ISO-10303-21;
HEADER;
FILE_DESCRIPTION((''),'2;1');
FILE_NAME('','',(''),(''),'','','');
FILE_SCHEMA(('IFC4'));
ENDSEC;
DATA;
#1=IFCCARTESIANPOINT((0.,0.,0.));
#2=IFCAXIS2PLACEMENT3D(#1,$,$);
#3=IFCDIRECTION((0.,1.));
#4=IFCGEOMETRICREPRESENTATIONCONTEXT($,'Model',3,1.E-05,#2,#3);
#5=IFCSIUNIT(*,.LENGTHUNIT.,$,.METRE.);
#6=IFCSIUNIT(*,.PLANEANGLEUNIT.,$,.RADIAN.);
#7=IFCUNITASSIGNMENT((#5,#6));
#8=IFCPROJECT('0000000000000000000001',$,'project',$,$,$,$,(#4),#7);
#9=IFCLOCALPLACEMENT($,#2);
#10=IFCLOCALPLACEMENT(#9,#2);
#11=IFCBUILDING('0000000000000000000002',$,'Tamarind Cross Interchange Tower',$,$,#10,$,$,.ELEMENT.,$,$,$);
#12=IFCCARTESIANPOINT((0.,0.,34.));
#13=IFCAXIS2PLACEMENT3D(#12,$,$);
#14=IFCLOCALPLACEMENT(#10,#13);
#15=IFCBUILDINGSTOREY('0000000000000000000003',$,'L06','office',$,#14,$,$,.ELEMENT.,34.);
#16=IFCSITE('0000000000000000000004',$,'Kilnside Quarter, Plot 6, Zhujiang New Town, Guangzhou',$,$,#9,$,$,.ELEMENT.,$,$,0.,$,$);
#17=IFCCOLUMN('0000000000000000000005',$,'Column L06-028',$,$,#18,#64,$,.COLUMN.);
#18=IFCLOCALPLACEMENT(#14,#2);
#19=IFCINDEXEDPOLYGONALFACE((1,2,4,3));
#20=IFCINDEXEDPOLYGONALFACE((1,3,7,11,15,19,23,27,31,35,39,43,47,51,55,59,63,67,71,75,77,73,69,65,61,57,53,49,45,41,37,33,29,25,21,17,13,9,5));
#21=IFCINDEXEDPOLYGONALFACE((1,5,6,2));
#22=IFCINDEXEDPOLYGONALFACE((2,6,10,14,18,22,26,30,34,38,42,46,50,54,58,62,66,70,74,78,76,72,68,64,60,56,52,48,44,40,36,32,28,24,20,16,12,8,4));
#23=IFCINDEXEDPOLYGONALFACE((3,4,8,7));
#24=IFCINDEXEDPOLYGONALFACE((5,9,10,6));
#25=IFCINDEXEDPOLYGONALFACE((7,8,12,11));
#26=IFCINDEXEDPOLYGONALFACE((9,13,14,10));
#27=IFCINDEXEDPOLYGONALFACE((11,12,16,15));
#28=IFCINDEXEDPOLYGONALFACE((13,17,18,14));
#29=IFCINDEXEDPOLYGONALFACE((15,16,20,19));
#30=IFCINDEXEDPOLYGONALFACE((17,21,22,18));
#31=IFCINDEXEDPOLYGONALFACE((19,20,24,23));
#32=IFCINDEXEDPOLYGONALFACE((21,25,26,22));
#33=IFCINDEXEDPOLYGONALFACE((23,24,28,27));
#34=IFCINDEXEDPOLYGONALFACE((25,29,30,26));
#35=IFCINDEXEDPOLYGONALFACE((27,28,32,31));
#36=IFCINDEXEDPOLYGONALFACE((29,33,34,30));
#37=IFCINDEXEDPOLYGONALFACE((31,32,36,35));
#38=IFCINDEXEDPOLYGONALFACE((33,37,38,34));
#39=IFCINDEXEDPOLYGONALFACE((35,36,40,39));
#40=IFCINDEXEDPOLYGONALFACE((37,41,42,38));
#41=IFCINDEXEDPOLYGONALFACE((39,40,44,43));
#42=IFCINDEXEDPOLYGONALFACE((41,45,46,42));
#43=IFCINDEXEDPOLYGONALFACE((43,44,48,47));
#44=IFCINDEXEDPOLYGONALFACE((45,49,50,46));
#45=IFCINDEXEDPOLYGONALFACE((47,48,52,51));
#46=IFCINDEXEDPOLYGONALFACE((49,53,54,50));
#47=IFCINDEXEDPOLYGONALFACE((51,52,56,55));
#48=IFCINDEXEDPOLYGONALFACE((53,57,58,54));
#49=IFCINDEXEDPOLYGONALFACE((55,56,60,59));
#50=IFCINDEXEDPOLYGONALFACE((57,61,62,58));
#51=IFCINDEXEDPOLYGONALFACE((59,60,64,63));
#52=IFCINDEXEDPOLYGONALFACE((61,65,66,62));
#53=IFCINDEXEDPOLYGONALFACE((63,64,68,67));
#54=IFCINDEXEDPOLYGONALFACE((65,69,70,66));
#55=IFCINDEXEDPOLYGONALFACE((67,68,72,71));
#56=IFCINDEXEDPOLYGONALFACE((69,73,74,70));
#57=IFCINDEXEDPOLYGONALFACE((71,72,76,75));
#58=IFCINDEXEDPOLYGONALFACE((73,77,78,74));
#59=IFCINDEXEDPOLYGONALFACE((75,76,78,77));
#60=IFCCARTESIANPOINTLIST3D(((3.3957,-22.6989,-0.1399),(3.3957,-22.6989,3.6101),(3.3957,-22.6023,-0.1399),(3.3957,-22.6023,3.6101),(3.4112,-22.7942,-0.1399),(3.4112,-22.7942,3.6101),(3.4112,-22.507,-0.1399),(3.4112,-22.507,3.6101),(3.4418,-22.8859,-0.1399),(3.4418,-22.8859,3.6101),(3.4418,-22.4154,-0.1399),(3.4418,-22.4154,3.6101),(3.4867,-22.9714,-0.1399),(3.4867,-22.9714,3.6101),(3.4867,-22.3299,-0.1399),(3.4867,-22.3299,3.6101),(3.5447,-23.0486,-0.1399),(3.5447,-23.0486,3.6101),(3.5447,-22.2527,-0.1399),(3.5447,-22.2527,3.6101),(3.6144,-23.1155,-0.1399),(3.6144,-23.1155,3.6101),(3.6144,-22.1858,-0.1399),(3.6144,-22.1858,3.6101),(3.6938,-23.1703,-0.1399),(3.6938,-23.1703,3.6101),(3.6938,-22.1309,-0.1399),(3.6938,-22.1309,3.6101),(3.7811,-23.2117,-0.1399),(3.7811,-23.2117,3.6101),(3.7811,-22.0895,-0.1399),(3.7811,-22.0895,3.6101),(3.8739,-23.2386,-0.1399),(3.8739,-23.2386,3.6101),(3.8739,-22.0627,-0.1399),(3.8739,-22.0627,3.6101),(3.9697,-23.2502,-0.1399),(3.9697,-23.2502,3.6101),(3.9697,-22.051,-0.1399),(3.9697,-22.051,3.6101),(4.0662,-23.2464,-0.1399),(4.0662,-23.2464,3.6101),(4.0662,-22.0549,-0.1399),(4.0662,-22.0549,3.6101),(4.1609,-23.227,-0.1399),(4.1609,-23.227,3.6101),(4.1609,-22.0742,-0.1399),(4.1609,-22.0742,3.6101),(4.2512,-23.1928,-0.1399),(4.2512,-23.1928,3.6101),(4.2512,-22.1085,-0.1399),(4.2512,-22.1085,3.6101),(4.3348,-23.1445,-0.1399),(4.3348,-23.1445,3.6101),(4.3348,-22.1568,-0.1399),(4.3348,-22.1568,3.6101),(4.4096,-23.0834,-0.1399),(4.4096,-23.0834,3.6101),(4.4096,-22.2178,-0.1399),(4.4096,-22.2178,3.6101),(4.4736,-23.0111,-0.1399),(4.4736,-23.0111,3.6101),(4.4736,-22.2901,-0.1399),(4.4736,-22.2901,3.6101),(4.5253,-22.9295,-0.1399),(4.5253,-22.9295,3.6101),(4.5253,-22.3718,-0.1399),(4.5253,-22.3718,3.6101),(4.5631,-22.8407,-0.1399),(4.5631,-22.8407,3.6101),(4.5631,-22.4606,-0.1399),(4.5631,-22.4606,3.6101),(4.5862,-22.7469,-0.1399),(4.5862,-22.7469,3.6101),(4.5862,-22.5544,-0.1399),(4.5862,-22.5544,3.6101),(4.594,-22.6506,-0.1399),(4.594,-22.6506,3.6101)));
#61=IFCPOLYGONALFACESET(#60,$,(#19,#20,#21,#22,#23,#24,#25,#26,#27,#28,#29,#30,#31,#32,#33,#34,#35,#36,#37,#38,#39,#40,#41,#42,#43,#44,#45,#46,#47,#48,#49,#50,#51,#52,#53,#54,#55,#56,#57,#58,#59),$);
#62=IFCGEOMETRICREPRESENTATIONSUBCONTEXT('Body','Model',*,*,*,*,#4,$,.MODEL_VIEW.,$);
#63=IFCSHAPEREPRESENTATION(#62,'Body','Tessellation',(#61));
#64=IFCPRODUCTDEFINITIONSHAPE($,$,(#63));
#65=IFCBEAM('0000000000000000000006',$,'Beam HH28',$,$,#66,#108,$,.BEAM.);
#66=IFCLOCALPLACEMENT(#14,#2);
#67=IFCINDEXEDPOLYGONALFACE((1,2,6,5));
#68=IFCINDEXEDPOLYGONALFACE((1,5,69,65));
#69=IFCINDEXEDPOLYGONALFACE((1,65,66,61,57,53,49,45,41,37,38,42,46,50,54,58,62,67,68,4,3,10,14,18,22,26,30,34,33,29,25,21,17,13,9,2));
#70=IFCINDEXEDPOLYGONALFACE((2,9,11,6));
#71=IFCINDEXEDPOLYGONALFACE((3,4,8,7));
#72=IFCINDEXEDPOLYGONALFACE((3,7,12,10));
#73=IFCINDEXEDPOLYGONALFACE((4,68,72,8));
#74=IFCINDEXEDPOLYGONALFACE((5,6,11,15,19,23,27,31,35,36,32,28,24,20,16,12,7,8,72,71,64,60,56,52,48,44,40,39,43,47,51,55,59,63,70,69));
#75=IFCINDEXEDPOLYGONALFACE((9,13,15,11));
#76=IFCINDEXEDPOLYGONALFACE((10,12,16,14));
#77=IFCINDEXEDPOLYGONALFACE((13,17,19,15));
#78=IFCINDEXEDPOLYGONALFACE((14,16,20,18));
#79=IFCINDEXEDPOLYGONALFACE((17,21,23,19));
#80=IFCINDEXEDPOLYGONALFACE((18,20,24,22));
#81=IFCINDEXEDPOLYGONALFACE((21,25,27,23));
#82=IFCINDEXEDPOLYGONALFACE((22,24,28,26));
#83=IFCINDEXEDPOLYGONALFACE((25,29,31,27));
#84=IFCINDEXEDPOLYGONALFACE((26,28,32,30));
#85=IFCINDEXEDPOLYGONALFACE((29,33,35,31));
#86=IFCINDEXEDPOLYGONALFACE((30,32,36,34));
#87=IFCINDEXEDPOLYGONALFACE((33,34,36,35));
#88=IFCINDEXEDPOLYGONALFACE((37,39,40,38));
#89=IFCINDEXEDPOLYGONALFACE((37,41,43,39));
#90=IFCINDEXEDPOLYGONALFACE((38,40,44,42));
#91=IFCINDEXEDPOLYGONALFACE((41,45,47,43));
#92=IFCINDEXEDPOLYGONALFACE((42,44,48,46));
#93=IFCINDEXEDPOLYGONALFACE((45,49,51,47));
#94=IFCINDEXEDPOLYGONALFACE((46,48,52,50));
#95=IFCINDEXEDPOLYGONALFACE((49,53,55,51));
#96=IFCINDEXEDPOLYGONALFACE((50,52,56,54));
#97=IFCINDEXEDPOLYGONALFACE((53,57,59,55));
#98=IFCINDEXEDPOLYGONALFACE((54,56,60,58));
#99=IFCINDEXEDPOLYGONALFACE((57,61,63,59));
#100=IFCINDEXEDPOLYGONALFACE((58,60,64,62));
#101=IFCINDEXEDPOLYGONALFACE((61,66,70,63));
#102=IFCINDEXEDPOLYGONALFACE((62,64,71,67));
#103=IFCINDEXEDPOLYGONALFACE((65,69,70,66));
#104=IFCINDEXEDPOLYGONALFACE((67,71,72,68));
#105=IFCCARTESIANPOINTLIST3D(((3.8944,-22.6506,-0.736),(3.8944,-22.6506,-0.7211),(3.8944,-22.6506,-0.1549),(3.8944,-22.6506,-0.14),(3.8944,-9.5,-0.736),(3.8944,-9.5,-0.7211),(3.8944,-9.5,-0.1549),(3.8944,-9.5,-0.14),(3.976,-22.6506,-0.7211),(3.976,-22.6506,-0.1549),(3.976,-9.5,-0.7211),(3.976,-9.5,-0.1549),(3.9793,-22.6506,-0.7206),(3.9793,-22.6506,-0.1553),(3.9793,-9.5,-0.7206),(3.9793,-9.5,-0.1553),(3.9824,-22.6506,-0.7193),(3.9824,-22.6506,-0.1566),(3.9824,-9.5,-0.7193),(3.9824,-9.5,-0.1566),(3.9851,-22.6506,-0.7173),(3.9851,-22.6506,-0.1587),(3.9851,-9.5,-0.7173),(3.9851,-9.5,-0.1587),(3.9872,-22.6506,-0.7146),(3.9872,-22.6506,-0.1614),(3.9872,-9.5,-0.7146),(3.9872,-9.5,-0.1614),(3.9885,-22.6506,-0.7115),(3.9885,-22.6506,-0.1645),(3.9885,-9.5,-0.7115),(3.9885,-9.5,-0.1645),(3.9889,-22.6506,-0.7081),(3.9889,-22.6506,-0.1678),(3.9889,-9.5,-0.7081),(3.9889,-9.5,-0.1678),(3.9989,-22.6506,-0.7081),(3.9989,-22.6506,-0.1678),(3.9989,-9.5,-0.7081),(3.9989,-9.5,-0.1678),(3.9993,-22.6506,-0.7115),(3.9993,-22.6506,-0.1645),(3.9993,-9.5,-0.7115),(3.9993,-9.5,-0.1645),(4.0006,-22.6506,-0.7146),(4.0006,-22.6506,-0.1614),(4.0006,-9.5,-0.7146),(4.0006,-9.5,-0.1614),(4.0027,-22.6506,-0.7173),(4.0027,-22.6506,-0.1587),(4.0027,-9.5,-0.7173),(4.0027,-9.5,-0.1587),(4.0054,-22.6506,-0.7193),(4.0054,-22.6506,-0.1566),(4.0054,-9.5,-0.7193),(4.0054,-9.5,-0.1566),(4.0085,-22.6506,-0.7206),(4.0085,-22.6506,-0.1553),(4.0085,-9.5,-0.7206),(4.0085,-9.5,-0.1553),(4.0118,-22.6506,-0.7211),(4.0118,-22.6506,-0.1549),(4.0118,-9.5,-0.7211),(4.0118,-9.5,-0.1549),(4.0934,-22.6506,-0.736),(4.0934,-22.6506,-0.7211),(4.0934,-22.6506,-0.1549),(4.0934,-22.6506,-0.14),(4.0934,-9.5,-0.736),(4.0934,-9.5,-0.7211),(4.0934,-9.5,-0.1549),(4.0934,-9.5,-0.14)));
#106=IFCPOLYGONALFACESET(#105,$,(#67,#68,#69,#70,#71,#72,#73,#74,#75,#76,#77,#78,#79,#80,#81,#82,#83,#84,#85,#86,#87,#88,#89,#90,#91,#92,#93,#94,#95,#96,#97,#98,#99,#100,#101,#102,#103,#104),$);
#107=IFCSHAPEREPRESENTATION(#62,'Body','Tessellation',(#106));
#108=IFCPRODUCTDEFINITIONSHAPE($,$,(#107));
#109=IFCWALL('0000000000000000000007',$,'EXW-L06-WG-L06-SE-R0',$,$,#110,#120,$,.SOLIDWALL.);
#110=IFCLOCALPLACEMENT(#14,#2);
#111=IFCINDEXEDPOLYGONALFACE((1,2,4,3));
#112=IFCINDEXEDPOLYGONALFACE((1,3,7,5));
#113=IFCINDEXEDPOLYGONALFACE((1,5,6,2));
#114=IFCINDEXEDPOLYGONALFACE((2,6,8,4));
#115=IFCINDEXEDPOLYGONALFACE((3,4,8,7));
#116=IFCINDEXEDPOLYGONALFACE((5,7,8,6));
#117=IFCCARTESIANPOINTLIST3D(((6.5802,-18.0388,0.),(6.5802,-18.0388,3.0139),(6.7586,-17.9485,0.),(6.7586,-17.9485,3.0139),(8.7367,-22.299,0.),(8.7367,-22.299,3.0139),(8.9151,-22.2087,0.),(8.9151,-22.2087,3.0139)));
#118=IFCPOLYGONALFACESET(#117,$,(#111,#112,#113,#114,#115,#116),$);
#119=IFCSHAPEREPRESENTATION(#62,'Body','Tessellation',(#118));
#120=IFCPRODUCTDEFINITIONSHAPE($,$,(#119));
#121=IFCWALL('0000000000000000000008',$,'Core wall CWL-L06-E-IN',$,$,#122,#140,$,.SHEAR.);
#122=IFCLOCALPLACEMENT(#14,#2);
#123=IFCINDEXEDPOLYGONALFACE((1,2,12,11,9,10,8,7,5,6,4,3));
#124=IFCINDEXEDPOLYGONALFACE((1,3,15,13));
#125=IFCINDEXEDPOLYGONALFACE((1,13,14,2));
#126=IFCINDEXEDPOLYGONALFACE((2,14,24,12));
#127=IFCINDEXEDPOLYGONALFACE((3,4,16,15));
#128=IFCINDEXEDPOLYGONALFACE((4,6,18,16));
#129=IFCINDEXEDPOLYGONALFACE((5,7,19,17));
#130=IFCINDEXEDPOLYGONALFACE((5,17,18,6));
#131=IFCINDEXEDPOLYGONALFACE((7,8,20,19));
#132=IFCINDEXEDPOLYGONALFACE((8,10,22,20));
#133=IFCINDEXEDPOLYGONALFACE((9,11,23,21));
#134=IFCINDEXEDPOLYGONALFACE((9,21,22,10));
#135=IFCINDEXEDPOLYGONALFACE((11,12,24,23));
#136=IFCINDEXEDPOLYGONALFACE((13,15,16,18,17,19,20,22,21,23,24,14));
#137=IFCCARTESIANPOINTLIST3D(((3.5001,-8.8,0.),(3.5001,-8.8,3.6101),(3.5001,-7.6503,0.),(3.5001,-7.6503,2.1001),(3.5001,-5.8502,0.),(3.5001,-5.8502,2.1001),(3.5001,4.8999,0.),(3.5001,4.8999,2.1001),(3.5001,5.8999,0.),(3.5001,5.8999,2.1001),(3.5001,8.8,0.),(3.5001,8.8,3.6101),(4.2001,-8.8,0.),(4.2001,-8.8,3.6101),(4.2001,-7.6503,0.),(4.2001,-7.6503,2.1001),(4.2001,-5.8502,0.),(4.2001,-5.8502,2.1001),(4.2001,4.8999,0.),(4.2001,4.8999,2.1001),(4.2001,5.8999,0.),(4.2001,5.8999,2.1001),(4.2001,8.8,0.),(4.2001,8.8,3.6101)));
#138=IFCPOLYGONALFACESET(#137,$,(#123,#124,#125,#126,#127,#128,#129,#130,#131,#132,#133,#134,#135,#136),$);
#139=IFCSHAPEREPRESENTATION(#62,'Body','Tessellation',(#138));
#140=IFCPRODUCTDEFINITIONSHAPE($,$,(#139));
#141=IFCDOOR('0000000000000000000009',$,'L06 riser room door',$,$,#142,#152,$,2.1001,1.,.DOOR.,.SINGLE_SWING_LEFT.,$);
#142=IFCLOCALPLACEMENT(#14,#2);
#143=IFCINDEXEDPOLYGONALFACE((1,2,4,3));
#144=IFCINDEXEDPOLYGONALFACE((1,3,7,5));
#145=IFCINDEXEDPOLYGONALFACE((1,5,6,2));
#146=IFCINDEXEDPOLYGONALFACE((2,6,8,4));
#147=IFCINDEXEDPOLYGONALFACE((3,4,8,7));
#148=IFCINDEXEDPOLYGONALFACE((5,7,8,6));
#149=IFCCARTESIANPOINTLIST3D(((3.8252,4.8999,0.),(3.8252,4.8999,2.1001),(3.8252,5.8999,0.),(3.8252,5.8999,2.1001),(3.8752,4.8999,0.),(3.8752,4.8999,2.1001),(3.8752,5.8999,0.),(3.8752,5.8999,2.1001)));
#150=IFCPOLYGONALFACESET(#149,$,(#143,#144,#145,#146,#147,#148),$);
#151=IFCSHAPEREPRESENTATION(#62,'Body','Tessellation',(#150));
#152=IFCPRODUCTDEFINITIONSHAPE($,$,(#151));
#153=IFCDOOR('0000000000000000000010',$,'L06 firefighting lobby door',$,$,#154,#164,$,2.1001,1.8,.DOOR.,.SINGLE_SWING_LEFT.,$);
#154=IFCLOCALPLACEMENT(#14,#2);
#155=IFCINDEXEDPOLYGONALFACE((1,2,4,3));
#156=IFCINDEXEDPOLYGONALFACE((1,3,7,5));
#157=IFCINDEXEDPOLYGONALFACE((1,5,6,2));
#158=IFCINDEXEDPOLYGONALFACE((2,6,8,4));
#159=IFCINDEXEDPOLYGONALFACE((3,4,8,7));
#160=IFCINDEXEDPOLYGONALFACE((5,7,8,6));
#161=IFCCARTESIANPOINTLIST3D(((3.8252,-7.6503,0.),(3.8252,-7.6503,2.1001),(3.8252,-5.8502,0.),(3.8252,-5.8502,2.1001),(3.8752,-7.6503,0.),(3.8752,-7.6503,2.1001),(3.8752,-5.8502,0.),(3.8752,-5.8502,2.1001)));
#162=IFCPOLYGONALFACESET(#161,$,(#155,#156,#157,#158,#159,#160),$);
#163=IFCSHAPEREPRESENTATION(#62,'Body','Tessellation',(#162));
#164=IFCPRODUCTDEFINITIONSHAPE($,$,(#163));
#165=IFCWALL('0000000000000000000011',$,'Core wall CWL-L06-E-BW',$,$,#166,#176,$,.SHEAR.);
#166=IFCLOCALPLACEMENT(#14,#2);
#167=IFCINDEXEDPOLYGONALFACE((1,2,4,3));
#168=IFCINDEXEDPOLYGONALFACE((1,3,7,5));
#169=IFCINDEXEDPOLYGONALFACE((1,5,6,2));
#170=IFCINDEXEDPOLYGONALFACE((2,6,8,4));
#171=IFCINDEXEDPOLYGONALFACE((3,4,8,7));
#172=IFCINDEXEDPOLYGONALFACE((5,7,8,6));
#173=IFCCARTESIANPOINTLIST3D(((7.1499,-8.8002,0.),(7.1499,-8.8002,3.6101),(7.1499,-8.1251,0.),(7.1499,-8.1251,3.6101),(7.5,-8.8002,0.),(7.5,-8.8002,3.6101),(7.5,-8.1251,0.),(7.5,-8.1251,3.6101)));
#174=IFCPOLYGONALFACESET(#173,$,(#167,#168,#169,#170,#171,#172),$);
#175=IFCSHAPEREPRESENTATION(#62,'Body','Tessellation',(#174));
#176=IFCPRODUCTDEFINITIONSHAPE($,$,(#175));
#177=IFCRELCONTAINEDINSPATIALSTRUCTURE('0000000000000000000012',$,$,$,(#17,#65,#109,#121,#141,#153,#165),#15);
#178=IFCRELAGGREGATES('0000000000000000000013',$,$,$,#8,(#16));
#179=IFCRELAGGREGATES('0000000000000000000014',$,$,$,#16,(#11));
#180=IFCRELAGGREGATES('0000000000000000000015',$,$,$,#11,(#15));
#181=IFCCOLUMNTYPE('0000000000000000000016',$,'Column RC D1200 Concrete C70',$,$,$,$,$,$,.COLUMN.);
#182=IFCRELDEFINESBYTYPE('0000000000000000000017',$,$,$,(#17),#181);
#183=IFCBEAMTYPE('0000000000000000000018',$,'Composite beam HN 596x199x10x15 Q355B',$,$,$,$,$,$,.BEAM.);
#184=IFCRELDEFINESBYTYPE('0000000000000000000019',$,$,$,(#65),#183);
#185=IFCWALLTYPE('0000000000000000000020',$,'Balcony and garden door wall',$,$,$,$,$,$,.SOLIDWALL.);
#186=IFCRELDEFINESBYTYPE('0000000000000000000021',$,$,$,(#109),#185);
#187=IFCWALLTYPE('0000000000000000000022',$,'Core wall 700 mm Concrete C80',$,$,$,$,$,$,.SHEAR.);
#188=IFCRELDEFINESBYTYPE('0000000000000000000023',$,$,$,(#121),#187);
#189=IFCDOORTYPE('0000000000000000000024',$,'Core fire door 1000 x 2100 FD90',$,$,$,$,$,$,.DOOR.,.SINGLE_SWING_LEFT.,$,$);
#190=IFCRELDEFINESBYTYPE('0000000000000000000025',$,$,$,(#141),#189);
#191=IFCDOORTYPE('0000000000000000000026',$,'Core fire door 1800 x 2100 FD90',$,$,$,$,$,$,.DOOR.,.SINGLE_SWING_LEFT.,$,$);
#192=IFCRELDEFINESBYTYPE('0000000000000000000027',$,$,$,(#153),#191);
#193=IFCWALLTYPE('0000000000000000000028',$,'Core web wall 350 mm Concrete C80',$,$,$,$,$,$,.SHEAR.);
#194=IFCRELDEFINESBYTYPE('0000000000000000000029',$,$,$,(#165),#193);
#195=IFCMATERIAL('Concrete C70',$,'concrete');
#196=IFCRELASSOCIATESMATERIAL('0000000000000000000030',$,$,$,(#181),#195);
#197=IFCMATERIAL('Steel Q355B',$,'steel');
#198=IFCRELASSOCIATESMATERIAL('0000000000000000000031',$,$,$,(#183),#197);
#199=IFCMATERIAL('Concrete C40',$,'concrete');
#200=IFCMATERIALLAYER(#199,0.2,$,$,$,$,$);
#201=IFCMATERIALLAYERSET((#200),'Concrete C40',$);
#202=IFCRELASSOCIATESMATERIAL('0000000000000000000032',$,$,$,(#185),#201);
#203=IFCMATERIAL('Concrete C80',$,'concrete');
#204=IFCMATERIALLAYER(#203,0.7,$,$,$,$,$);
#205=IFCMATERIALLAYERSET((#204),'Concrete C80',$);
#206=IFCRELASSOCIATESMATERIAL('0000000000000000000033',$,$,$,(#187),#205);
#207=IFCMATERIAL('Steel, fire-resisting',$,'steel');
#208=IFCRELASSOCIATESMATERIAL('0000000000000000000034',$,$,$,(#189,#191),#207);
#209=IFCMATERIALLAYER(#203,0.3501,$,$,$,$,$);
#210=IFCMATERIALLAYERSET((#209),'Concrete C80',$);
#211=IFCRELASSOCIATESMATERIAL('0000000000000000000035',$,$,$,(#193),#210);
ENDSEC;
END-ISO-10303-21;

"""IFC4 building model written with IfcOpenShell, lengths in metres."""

from ifc_helpers import new_model, si_unit, direction, frame, frame_2d, origin, origin_2d, place, context, subcontext, project, spatial, rectangle, circle, i_section, extrude, material, layer, layer_set, material_profile, profile_set, type_object, element, fill, save


model = new_model("IFC4")

# Units and contexts
model_context = context("Model", 3, precision=1e-05, world=origin(), true_north=direction((0.0, 1.0)))
body_context = subcontext(model_context, "Body", "Model", "MODEL_VIEW")
ifc_project = project(units=[si_unit("LENGTHUNIT", "METRE"), si_unit("PLANEANGLEUNIT", "RADIAN")], contexts=[model_context])

# Site, building, storey
site_placement = place(None, origin())
site = spatial("IfcSite", under=ifc_project, at=site_placement, Name="Kilnside Quarter, Plot 6, Zhujiang New Town, Guangzhou", CompositionType="ELEMENT", RefElevation=0.0)
building_placement = place(site_placement, origin())
building = spatial("IfcBuilding", under=site, at=building_placement, Name="Tamarind Cross Interchange Tower", CompositionType="ELEMENT")
storey_placement = place(building_placement, frame((0.0, 0.0, 34.0)))
storey = spatial("IfcBuildingStorey", under=building, at=storey_placement, Name="L06", Description="office", CompositionType="ELEMENT", Elevation=34.0)

# Column
ifc_material_1 = material(Name="Concrete C70", Category="concrete")
ifc_material_profile_1 = material_profile(ifc_material_1, circle(Radius=0.6001, at=origin_2d()), Name="RC D1200")
ifc_profile_set_1 = profile_set([ifc_material_profile_1], Name="Concrete C70")
column_type = type_object("IfcColumnType", Name="Column RC D1200 Concrete C70", PredefinedType="COLUMN", material=ifc_profile_set_1)
column_placement = place(storey_placement, frame((3.9939, -22.6506, -0.1399), z_axis=(0.0, 0.0, 1.0), x_axis=(1.0, 0.0, 0.0)))
element("IfcColumn", 1, at=column_placement, inside=storey, type_object=column_type, Name="Column L06-028", PredefinedType="COLUMN", context=body_context, shape_type="SweptSolid", body=[
    extrude(circle(Radius=0.6001, at=origin_2d()), origin(), (0.0, 0.0, 1.0), 3.75),
])

# Beam
ifc_material_2 = material(Name="Steel Q355B", Category="steel")
ifc_material_profile_2 = material_profile(ifc_material_2, i_section(OverallWidth=0.199, OverallDepth=0.5959, WebThickness=0.01, FlangeThickness=0.0149, FilletRadius=0.0129, at=origin_2d()), Name="HN 596x199x10x15")
ifc_profile_set_2 = profile_set([ifc_material_profile_2], Name="Steel Q355B")
beam_type = type_object("IfcBeamType", Name="Composite beam HN 596x199x10x15 Q355B", PredefinedType="BEAM", material=ifc_profile_set_2)
beam_placement = place(storey_placement, frame((3.9939, -22.6506, -0.438), z_axis=(0.0, 1.0, 0.0), x_axis=(-1.0, 0.0, 0.0)))
element("IfcBeam", 2, at=beam_placement, inside=storey, type_object=beam_type, Name="Beam HH28", PredefinedType="BEAM", context=body_context, shape_type="SweptSolid", body=[
    extrude(i_section(OverallWidth=0.199, OverallDepth=0.5959, WebThickness=0.01, FlangeThickness=0.0149, FilletRadius=0.0129, at=origin_2d()), origin(), (0.0, 0.0, 1.0), 13.1506),
])

# Shared definitions
ifc_material_3 = material(Name="Concrete C40", Category="concrete")
ifc_layer_1 = layer(ifc_material_3, 0.2)
ifc_layer_set_1 = layer_set([ifc_layer_1], Name="Concrete C40")
wall_type_1 = type_object("IfcWallType", Name="Balcony and garden door wall", PredefinedType="SOLIDWALL", material=ifc_layer_set_1)

# Wall
wall_1_placement = place(storey_placement, frame((6.6694, -17.9937, 0.0), z_axis=(0.0, 0.0, 1.0), x_axis=(0.451626, -0.892207, 0.0)))
element("IfcWall", 3, at=wall_1_placement, inside=storey, type_object=wall_type_1, Name="EXW-L06-WG-L06-SE-R0", PredefinedType="SOLIDWALL", context=body_context, shape_type="SweptSolid", body=[
    extrude(rectangle(XDim=4.7749, YDim=0.2, at=frame_2d((2.3875, 0.0))), origin(), (0.0, 0.0, 1.0), 3.0139),
])

# Wall, openings, doors
ifc_material_4 = material(Name="Concrete C80", Category="concrete")
ifc_layer_2 = layer(ifc_material_4, 0.7)
ifc_layer_set_2 = layer_set([ifc_layer_2], Name="Concrete C80")
wall_type_2 = type_object("IfcWallType", Name="Core wall 700 mm Concrete C80", PredefinedType="SHEAR", material=ifc_layer_set_2)
wall_2_placement = place(storey_placement, frame((3.8501, -8.8, 0.0), z_axis=(0.0, 0.0, 1.0), x_axis=(0.0, 1.0, 0.0)))
wall_2 = element("IfcWall", 4, at=wall_2_placement, inside=storey, type_object=wall_type_2, Name="Core wall CWL-L06-E-IN", PredefinedType="SHEAR", context=body_context, shape_type="SweptSolid", body=[
    extrude(rectangle(XDim=17.6001, YDim=0.7, at=frame_2d((8.8, 0.0))), origin(), (0.0, 0.0, 1.0), 3.6101),
])
opening_1_placement = place(wall_2_placement, frame((1.1499, 0.0, 0.0)))
opening_1 = element("IfcOpeningElement", 5, at=opening_1_placement, cuts=wall_2, PredefinedType="OPENING", context=body_context, shape_type="SweptSolid", body=[
    extrude(rectangle(XDim=1.8, YDim=2.1001, at=frame_2d((0.8999, 1.05))), frame((0.0, 0.3599, 0.0), z_axis=(0.0, -1.0, 0.0), x_axis=(1.0, 0.0, 0.0)), (0.0, 0.0, 1.0), 0.72),
])
opening_2_placement = place(wall_2_placement, frame((13.7, 0.0, 0.0)))
opening_2 = element("IfcOpeningElement", 6, at=opening_2_placement, cuts=wall_2, PredefinedType="OPENING", context=body_context, shape_type="SweptSolid", body=[
    extrude(rectangle(XDim=1.0, YDim=2.1001, at=frame_2d((0.5, 1.05))), frame((0.0, 0.3599, 0.0), z_axis=(0.0, -1.0, 0.0), x_axis=(1.0, 0.0, 0.0)), (0.0, 0.0, 1.0), 0.72),
])
ifc_material_5 = material(Name="Steel, fire-resisting", Category="steel")
door_type_1 = type_object("IfcDoorType", Name="Core fire door 1000 x 2100 FD90", OperationType="SINGLE_SWING_LEFT", PredefinedType="DOOR", material=ifc_material_5)
door_1_placement = place(opening_2_placement, origin())
door_1 = element("IfcDoor", 7, at=door_1_placement, inside=storey, type_object=door_type_1, Name="L06 riser room door", OperationType="SINGLE_SWING_LEFT", OverallHeight=2.1001, OverallWidth=1.0, PredefinedType="DOOR", context=body_context, shape_type="SweptSolid", body=[
    extrude(rectangle(XDim=1.0, YDim=2.1001, at=frame_2d((0.5, 1.05))), frame((0.0, 0.0249, 0.0), z_axis=(0.0, -1.0, 0.0), x_axis=(1.0, 0.0, 0.0)), (0.0, 0.0, 1.0), 0.05),
])
fill(opening_2, door_1)
door_type_2 = type_object("IfcDoorType", Name="Core fire door 1800 x 2100 FD90", OperationType="SINGLE_SWING_LEFT", PredefinedType="DOOR", material=ifc_material_5)
door_2_placement = place(opening_1_placement, origin())
door_2 = element("IfcDoor", 8, at=door_2_placement, inside=storey, type_object=door_type_2, Name="L06 firefighting lobby door", OperationType="SINGLE_SWING_LEFT", OverallHeight=2.1001, OverallWidth=1.8, PredefinedType="DOOR", context=body_context, shape_type="SweptSolid", body=[
    extrude(rectangle(XDim=1.8, YDim=2.1001, at=frame_2d((0.8999, 1.05))), frame((0.0, 0.0249, 0.0), z_axis=(0.0, -1.0, 0.0), x_axis=(1.0, 0.0, 0.0)), (0.0, 0.0, 1.0), 0.05),
])
fill(opening_1, door_2)

# Wall
ifc_layer_3 = layer(ifc_material_4, 0.3501)
ifc_layer_set_3 = layer_set([ifc_layer_3], Name="Concrete C80")
wall_type_3 = type_object("IfcWallType", Name="Core web wall 350 mm Concrete C80", PredefinedType="SHEAR", material=ifc_layer_set_3)
wall_3_placement = place(storey_placement, frame((7.325, -8.8, 0.0), z_axis=(0.0, 0.0, 1.0), x_axis=(0.0, 1.0, 0.0)))
element("IfcWall", 9, at=wall_3_placement, inside=storey, type_object=wall_type_3, Name="Core wall CWL-L06-E-BW", PredefinedType="SHEAR", context=body_context, shape_type="SweptSolid", body=[
    extrude(rectangle(XDim=0.675, YDim=0.3501, at=frame_2d((0.3374, 0.0))), origin(), (0.0, 0.0, 1.0), 3.6101),
])

save(model, "model.ifc")
